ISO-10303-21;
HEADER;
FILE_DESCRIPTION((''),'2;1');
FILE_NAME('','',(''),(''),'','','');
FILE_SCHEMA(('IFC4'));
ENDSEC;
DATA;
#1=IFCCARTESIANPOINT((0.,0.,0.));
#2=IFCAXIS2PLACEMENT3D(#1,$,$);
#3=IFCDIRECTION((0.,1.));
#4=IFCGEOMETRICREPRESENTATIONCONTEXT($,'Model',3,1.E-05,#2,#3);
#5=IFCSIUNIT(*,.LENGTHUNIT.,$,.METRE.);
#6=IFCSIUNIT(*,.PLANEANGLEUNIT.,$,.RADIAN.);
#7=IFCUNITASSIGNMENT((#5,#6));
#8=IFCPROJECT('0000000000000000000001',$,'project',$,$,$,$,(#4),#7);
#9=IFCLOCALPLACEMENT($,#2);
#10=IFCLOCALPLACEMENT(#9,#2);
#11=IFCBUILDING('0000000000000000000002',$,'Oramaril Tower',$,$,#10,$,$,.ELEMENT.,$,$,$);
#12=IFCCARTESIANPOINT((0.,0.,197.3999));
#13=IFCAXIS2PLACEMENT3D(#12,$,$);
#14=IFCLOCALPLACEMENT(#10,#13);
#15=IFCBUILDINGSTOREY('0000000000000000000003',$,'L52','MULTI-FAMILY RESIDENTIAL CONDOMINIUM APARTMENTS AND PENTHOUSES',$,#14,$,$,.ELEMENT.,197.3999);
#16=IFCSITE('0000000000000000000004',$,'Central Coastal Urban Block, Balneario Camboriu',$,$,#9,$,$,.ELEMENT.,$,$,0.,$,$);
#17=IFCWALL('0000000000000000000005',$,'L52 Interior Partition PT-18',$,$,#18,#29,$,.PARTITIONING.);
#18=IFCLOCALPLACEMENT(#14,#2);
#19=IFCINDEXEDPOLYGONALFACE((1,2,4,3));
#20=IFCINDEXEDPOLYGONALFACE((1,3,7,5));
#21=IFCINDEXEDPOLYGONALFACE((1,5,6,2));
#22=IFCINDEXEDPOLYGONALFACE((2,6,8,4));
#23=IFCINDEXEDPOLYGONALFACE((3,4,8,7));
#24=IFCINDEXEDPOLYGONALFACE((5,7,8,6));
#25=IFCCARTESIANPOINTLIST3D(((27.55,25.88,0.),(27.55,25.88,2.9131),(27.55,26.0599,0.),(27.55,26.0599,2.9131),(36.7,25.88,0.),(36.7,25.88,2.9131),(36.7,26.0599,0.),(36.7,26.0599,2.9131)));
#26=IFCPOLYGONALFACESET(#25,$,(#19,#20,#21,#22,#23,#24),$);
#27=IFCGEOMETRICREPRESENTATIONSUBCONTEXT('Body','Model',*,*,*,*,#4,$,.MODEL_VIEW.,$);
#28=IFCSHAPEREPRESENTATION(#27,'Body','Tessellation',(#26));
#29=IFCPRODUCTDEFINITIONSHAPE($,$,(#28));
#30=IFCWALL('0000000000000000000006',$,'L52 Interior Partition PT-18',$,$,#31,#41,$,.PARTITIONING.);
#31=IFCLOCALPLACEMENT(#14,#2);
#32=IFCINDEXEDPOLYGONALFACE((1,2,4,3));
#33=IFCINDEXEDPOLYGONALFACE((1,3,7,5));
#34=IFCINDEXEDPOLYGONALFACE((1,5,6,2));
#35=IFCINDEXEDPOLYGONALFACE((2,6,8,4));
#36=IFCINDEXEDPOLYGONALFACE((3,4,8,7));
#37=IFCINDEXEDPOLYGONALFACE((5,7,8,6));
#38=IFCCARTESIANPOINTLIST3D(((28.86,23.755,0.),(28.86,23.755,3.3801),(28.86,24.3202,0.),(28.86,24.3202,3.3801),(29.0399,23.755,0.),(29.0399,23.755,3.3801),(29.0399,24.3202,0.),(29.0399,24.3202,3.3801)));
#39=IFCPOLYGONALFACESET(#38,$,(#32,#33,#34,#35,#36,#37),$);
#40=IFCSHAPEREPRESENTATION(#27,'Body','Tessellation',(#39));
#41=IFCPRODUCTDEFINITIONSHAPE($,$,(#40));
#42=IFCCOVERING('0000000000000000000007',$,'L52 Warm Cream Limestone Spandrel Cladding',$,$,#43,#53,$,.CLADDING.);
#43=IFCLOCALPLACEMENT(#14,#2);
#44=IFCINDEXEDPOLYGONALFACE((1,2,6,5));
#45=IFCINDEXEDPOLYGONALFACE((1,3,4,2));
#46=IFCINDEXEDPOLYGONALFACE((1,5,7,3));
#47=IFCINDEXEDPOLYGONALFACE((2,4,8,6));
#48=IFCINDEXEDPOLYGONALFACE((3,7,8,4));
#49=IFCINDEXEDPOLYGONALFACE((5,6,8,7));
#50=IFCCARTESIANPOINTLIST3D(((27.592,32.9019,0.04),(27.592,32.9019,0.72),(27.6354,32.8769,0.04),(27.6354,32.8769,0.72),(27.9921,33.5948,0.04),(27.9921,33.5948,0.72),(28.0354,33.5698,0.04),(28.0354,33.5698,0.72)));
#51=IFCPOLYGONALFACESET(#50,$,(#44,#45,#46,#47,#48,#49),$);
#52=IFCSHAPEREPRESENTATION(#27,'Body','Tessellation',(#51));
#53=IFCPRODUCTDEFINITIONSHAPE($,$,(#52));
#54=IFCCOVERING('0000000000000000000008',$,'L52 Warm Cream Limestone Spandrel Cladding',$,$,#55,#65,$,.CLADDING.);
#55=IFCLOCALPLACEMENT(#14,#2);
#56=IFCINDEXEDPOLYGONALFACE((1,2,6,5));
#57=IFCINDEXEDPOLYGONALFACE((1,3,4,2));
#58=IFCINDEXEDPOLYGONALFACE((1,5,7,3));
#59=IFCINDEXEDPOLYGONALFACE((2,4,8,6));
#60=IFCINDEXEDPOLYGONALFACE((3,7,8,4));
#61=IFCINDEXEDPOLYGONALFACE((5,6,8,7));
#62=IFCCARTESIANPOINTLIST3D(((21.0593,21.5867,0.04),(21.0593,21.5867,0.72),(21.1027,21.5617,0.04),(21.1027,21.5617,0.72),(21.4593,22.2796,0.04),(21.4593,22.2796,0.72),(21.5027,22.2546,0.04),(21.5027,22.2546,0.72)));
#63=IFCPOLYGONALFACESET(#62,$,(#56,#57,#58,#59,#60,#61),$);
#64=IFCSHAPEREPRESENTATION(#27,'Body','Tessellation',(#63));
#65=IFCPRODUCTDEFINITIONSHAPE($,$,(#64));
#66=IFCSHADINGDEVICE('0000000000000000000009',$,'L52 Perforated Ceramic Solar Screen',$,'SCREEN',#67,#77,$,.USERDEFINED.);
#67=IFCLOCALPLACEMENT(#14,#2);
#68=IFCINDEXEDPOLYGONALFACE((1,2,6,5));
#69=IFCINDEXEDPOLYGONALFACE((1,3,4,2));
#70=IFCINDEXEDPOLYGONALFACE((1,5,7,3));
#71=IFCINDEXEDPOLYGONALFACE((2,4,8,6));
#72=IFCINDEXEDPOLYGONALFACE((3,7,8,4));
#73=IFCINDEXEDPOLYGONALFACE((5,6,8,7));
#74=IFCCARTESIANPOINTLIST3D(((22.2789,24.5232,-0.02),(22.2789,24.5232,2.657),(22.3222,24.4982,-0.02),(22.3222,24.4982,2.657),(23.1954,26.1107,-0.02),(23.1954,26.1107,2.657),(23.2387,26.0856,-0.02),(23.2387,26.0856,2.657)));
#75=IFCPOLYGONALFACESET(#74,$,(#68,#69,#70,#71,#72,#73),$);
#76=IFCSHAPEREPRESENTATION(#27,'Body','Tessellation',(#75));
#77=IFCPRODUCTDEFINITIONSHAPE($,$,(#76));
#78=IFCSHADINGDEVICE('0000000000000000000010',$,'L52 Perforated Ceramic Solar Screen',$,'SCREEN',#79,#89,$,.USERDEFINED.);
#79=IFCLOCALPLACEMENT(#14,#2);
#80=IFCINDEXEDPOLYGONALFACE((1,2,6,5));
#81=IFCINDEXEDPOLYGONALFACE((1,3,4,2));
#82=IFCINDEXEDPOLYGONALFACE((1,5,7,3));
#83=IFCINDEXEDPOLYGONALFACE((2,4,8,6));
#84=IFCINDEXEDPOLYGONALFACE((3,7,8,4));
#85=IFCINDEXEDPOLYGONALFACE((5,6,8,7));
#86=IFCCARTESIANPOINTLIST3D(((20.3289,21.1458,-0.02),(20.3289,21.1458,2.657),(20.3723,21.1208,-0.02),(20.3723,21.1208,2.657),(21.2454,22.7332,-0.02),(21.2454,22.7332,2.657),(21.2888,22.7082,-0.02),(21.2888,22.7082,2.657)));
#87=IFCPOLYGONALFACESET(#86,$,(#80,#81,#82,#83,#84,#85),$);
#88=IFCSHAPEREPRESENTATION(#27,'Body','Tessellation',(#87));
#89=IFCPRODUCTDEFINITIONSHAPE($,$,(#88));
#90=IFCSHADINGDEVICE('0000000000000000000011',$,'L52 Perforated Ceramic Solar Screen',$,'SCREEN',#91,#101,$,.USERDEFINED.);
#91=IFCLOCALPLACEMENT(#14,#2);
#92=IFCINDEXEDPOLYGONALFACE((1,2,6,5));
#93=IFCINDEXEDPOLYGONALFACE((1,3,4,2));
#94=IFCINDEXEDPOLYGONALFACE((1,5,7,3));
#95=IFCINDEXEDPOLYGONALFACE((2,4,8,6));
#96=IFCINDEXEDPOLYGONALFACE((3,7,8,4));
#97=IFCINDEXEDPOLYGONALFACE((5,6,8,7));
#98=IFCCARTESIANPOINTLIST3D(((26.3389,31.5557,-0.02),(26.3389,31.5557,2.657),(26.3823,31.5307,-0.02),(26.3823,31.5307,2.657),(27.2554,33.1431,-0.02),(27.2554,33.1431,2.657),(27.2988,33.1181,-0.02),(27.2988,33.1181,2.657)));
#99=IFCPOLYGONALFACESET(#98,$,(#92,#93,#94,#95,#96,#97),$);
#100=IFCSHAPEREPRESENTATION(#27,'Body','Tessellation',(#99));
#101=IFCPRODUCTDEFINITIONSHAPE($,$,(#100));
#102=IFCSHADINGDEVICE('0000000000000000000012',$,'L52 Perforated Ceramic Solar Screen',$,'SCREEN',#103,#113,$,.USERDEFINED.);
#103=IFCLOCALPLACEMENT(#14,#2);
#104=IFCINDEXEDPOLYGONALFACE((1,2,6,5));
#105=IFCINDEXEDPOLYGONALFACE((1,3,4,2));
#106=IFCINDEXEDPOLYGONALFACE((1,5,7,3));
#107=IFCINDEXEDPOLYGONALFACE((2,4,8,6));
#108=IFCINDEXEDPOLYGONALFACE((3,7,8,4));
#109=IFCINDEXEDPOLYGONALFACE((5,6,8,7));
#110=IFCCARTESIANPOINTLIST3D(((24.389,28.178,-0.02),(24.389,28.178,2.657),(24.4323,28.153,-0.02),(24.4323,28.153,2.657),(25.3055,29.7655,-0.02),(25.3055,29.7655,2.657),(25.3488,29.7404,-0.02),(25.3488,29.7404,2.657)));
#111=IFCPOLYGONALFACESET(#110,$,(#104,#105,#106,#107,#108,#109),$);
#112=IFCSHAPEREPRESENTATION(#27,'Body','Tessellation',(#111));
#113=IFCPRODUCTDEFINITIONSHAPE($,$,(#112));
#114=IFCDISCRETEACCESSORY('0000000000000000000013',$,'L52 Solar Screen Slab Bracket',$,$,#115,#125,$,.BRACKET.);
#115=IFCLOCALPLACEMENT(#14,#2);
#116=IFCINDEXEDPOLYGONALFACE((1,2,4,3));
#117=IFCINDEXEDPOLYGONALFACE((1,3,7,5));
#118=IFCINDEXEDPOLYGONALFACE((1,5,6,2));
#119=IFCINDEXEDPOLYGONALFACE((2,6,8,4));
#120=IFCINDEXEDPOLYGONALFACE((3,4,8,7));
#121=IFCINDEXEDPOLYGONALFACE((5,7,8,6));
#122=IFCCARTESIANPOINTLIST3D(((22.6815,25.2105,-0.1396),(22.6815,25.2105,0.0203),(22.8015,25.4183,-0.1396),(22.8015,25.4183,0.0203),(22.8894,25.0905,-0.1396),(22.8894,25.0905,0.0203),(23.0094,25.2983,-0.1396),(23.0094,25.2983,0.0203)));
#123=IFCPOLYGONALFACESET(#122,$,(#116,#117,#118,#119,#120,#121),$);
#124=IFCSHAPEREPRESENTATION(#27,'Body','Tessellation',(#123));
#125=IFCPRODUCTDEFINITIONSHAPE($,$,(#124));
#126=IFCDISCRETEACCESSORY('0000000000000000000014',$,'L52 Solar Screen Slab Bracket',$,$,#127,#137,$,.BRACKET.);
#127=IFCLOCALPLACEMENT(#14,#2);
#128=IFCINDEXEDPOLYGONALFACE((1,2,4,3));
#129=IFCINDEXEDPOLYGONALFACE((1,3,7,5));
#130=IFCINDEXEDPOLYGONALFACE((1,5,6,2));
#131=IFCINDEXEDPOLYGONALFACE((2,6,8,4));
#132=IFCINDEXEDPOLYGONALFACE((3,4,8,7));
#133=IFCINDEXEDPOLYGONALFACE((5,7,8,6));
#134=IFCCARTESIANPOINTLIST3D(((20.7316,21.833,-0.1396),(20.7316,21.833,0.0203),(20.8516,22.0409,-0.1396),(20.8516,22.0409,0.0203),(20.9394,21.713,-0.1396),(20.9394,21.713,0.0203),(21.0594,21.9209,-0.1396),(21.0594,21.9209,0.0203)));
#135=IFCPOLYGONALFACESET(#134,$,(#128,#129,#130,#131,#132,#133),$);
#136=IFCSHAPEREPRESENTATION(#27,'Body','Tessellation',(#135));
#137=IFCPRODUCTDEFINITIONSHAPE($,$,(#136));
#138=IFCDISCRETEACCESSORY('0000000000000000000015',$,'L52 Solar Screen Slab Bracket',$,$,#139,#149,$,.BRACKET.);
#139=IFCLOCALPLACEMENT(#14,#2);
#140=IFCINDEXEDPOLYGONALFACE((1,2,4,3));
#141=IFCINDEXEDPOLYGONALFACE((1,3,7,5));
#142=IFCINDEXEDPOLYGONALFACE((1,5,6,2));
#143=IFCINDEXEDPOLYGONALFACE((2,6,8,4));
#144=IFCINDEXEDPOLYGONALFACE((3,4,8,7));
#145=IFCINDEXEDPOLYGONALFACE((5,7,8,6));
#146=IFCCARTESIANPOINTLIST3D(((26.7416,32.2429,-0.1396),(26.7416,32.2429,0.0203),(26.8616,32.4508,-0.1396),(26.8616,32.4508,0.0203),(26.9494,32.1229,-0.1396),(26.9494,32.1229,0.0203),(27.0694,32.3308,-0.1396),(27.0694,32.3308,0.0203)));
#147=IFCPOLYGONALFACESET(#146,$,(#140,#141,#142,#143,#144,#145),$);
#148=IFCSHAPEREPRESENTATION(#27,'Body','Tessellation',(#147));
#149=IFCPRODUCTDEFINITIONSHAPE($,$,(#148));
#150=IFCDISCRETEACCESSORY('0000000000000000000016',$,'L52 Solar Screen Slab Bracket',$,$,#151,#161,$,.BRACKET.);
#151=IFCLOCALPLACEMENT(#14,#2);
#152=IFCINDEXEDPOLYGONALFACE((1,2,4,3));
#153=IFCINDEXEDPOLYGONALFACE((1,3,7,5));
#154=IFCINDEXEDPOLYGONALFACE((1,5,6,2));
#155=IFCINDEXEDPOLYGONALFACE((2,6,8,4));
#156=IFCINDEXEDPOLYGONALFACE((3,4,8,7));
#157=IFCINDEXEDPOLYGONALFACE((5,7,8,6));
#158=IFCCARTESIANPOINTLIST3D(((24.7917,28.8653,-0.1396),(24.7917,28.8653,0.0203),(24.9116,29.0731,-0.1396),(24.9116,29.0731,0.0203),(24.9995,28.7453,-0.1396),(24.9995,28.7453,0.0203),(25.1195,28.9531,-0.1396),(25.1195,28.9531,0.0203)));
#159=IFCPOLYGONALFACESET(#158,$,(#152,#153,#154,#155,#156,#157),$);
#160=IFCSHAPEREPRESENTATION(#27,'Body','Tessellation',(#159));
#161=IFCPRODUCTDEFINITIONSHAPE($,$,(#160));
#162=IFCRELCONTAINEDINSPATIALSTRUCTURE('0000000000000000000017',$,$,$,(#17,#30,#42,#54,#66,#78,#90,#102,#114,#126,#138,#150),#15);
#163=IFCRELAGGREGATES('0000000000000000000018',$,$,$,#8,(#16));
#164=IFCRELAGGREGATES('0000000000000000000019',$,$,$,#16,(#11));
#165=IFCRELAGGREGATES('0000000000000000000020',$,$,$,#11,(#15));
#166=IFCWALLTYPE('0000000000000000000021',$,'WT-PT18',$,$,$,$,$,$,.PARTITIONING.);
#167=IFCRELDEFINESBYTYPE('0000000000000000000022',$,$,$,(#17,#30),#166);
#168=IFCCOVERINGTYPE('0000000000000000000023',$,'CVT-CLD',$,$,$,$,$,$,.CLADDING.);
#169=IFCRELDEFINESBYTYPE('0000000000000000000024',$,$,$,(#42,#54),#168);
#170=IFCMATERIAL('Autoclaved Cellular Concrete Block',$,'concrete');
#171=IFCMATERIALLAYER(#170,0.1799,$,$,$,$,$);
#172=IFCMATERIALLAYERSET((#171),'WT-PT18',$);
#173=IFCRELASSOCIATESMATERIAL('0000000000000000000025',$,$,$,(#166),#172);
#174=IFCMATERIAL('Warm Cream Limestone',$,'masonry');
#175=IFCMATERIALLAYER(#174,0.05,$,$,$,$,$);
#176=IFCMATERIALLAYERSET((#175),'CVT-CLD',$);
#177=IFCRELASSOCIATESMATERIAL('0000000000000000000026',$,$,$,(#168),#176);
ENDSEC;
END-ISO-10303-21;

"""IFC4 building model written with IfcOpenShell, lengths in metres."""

from ifc_helpers import new_model, si_unit, direction, frame, frame_2d, origin, origin_2d, place, context, subcontext, project, spatial, rectangle, extrude, material, layer, layer_set, type_object, element, save


model = new_model("IFC4")

# Units and contexts
model_context = context("Model", 3, precision=1e-05, world=origin(), true_north=direction((0.0, 1.0)))
body_context = subcontext(model_context, "Body", "Model", "MODEL_VIEW")
ifc_project = project(units=[si_unit("LENGTHUNIT", "METRE"), si_unit("PLANEANGLEUNIT", "RADIAN")], contexts=[model_context])

# Site, building, storey
site_placement = place(None, origin())
site = spatial("IfcSite", under=ifc_project, at=site_placement, Name="Central Coastal Urban Block, Balneario Camboriu", CompositionType="ELEMENT", RefElevation=0.0)
building_placement = place(site_placement, origin())
building = spatial("IfcBuilding", under=site, at=building_placement, Name="Oramaril Tower", CompositionType="ELEMENT")
storey_placement = place(building_placement, frame((0.0, 0.0, 197.3999)))
storey = spatial("IfcBuildingStorey", under=building, at=storey_placement, Name="L52", Description="MULTI-FAMILY RESIDENTIAL CONDOMINIUM APARTMENTS AND PENTHOUSES", CompositionType="ELEMENT", Elevation=197.3999)

# Walls
ifc_material_1 = material(Name="Autoclaved Cellular Concrete Block", Category="concrete")
ifc_layer_1 = layer(ifc_material_1, 0.1799)
ifc_layer_set_1 = layer_set([ifc_layer_1], Name="WT-PT18")
wall_type_1 = type_object("IfcWallType", Name="WT-PT18", PredefinedType="PARTITIONING", material=ifc_layer_set_1)
wall_1_placement = place(storey_placement, frame((27.55, 25.97, 0.0), z_axis=(0.0, 0.0, 1.0), x_axis=(1.0, 0.0, 0.0)))
element("IfcWall", 1, at=wall_1_placement, inside=storey, type_object=wall_type_1, Name="L52 Interior Partition PT-18", PredefinedType="PARTITIONING", context=body_context, shape_type="SweptSolid", body=[
    extrude(rectangle(XDim=9.1499, YDim=0.1799, at=frame_2d((4.575, 0.0))), origin(), (0.0, 0.0, 1.0), 2.9131),
])
wall_2_placement = place(storey_placement, frame((28.95, 23.7549, 0.0), z_axis=(0.0, 0.0, 1.0), x_axis=(0.0, 1.0, 0.0)))
element("IfcWall", 2, at=wall_2_placement, inside=storey, type_object=wall_type_1, Name="L52 Interior Partition PT-18", PredefinedType="PARTITIONING", context=body_context, shape_type="SweptSolid", body=[
    extrude(rectangle(XDim=0.5652, YDim=0.1799, at=frame_2d((0.2827, 0.0))), origin(), (0.0, 0.0, 1.0), 3.3801),
])

# Coverings
ifc_material_2 = material(Name="Warm Cream Limestone", Category="masonry")
ifc_layer_2 = layer(ifc_material_2, 0.05)
ifc_layer_set_2 = layer_set([ifc_layer_2], Name="CVT-CLD")
covering_type = type_object("IfcCoveringType", Name="CVT-CLD", PredefinedType="CLADDING", material=ifc_layer_set_2)
for number, where, z_axis, x_axis, name in (
    (3, (27.8137, 33.2358, 0.04), (0.0, 0.0, 1.0), (-0.5, -0.866025, 0.0), "L52 Warm Cream Limestone Spandrel Cladding"),
    (4, (21.281, 21.9207, 0.04), (0.0, 0.0, 1.0), (-0.5, -0.866025, 0.0), "L52 Warm Cream Limestone Spandrel Cladding"),
):
    element("IfcCovering", number, at=place(storey_placement, frame(where, z_axis=z_axis, x_axis=x_axis)), inside=storey, type_object=covering_type, Name=name, PredefinedType="CLADDING", context=body_context, shape_type="SweptSolid", body=[
        extrude(rectangle(XDim=0.8, YDim=0.05, at=origin_2d()), origin(), (0.0, 0.0, 1.0), 0.6799),
    ])

# Shading devices
for number, where, z_axis, x_axis, name in (
    (5, (22.7588, 25.3044, -0.02), (0.0, 0.0, 1.0), (-0.5, -0.866025, 0.0), "L52 Perforated Ceramic Solar Screen"),
    (6, (20.8088, 21.927, -0.02), (0.0, 0.0, 1.0), (-0.5, -0.866025, 0.0), "L52 Perforated Ceramic Solar Screen"),
    (7, (26.8188, 32.3369, -0.02), (0.0, 0.0, 1.0), (-0.5, -0.866025, 0.0), "L52 Perforated Ceramic Solar Screen"),
    (8, (24.8689, 28.9592, -0.02), (0.0, 0.0, 1.0), (-0.5, -0.866025, 0.0), "L52 Perforated Ceramic Solar Screen"),
):
    element("IfcShadingDevice", number, at=place(storey_placement, frame(where, z_axis=z_axis, x_axis=x_axis)), inside=storey, Name=name, ObjectType="SCREEN", PredefinedType="USERDEFINED", context=body_context, shape_type="SweptSolid", body=[
        extrude(rectangle(XDim=1.833, YDim=0.05, at=origin_2d()), origin(), (0.0, 0.0, 1.0), 2.677),
    ])

# Discrete accessories
for number, where, z_axis, x_axis, name in (
    (9, (22.8455, 25.2544, -0.1396), (0.0, 0.0, 1.0), (-0.5, -0.866025, 0.0), "L52 Solar Screen Slab Bracket"),
    (10, (20.8955, 21.877, -0.1396), (0.0, 0.0, 1.0), (-0.5, -0.866025, 0.0), "L52 Solar Screen Slab Bracket"),
    (11, (26.9055, 32.2869, -0.1396), (0.0, 0.0, 1.0), (-0.5, -0.866025, 0.0), "L52 Solar Screen Slab Bracket"),
    (12, (24.9556, 28.9092, -0.1396), (0.0, 0.0, 1.0), (-0.5, -0.866025, 0.0), "L52 Solar Screen Slab Bracket"),
):
    element("IfcDiscreteAccessory", number, at=place(storey_placement, frame(where, z_axis=z_axis, x_axis=x_axis)), inside=storey, Name=name, PredefinedType="BRACKET", context=body_context, shape_type="SweptSolid", body=[
        extrude(rectangle(XDim=0.24, YDim=0.24, at=origin_2d()), origin(), (0.0, 0.0, 1.0), 0.1599),
    ])

save(model, "model.ifc")
